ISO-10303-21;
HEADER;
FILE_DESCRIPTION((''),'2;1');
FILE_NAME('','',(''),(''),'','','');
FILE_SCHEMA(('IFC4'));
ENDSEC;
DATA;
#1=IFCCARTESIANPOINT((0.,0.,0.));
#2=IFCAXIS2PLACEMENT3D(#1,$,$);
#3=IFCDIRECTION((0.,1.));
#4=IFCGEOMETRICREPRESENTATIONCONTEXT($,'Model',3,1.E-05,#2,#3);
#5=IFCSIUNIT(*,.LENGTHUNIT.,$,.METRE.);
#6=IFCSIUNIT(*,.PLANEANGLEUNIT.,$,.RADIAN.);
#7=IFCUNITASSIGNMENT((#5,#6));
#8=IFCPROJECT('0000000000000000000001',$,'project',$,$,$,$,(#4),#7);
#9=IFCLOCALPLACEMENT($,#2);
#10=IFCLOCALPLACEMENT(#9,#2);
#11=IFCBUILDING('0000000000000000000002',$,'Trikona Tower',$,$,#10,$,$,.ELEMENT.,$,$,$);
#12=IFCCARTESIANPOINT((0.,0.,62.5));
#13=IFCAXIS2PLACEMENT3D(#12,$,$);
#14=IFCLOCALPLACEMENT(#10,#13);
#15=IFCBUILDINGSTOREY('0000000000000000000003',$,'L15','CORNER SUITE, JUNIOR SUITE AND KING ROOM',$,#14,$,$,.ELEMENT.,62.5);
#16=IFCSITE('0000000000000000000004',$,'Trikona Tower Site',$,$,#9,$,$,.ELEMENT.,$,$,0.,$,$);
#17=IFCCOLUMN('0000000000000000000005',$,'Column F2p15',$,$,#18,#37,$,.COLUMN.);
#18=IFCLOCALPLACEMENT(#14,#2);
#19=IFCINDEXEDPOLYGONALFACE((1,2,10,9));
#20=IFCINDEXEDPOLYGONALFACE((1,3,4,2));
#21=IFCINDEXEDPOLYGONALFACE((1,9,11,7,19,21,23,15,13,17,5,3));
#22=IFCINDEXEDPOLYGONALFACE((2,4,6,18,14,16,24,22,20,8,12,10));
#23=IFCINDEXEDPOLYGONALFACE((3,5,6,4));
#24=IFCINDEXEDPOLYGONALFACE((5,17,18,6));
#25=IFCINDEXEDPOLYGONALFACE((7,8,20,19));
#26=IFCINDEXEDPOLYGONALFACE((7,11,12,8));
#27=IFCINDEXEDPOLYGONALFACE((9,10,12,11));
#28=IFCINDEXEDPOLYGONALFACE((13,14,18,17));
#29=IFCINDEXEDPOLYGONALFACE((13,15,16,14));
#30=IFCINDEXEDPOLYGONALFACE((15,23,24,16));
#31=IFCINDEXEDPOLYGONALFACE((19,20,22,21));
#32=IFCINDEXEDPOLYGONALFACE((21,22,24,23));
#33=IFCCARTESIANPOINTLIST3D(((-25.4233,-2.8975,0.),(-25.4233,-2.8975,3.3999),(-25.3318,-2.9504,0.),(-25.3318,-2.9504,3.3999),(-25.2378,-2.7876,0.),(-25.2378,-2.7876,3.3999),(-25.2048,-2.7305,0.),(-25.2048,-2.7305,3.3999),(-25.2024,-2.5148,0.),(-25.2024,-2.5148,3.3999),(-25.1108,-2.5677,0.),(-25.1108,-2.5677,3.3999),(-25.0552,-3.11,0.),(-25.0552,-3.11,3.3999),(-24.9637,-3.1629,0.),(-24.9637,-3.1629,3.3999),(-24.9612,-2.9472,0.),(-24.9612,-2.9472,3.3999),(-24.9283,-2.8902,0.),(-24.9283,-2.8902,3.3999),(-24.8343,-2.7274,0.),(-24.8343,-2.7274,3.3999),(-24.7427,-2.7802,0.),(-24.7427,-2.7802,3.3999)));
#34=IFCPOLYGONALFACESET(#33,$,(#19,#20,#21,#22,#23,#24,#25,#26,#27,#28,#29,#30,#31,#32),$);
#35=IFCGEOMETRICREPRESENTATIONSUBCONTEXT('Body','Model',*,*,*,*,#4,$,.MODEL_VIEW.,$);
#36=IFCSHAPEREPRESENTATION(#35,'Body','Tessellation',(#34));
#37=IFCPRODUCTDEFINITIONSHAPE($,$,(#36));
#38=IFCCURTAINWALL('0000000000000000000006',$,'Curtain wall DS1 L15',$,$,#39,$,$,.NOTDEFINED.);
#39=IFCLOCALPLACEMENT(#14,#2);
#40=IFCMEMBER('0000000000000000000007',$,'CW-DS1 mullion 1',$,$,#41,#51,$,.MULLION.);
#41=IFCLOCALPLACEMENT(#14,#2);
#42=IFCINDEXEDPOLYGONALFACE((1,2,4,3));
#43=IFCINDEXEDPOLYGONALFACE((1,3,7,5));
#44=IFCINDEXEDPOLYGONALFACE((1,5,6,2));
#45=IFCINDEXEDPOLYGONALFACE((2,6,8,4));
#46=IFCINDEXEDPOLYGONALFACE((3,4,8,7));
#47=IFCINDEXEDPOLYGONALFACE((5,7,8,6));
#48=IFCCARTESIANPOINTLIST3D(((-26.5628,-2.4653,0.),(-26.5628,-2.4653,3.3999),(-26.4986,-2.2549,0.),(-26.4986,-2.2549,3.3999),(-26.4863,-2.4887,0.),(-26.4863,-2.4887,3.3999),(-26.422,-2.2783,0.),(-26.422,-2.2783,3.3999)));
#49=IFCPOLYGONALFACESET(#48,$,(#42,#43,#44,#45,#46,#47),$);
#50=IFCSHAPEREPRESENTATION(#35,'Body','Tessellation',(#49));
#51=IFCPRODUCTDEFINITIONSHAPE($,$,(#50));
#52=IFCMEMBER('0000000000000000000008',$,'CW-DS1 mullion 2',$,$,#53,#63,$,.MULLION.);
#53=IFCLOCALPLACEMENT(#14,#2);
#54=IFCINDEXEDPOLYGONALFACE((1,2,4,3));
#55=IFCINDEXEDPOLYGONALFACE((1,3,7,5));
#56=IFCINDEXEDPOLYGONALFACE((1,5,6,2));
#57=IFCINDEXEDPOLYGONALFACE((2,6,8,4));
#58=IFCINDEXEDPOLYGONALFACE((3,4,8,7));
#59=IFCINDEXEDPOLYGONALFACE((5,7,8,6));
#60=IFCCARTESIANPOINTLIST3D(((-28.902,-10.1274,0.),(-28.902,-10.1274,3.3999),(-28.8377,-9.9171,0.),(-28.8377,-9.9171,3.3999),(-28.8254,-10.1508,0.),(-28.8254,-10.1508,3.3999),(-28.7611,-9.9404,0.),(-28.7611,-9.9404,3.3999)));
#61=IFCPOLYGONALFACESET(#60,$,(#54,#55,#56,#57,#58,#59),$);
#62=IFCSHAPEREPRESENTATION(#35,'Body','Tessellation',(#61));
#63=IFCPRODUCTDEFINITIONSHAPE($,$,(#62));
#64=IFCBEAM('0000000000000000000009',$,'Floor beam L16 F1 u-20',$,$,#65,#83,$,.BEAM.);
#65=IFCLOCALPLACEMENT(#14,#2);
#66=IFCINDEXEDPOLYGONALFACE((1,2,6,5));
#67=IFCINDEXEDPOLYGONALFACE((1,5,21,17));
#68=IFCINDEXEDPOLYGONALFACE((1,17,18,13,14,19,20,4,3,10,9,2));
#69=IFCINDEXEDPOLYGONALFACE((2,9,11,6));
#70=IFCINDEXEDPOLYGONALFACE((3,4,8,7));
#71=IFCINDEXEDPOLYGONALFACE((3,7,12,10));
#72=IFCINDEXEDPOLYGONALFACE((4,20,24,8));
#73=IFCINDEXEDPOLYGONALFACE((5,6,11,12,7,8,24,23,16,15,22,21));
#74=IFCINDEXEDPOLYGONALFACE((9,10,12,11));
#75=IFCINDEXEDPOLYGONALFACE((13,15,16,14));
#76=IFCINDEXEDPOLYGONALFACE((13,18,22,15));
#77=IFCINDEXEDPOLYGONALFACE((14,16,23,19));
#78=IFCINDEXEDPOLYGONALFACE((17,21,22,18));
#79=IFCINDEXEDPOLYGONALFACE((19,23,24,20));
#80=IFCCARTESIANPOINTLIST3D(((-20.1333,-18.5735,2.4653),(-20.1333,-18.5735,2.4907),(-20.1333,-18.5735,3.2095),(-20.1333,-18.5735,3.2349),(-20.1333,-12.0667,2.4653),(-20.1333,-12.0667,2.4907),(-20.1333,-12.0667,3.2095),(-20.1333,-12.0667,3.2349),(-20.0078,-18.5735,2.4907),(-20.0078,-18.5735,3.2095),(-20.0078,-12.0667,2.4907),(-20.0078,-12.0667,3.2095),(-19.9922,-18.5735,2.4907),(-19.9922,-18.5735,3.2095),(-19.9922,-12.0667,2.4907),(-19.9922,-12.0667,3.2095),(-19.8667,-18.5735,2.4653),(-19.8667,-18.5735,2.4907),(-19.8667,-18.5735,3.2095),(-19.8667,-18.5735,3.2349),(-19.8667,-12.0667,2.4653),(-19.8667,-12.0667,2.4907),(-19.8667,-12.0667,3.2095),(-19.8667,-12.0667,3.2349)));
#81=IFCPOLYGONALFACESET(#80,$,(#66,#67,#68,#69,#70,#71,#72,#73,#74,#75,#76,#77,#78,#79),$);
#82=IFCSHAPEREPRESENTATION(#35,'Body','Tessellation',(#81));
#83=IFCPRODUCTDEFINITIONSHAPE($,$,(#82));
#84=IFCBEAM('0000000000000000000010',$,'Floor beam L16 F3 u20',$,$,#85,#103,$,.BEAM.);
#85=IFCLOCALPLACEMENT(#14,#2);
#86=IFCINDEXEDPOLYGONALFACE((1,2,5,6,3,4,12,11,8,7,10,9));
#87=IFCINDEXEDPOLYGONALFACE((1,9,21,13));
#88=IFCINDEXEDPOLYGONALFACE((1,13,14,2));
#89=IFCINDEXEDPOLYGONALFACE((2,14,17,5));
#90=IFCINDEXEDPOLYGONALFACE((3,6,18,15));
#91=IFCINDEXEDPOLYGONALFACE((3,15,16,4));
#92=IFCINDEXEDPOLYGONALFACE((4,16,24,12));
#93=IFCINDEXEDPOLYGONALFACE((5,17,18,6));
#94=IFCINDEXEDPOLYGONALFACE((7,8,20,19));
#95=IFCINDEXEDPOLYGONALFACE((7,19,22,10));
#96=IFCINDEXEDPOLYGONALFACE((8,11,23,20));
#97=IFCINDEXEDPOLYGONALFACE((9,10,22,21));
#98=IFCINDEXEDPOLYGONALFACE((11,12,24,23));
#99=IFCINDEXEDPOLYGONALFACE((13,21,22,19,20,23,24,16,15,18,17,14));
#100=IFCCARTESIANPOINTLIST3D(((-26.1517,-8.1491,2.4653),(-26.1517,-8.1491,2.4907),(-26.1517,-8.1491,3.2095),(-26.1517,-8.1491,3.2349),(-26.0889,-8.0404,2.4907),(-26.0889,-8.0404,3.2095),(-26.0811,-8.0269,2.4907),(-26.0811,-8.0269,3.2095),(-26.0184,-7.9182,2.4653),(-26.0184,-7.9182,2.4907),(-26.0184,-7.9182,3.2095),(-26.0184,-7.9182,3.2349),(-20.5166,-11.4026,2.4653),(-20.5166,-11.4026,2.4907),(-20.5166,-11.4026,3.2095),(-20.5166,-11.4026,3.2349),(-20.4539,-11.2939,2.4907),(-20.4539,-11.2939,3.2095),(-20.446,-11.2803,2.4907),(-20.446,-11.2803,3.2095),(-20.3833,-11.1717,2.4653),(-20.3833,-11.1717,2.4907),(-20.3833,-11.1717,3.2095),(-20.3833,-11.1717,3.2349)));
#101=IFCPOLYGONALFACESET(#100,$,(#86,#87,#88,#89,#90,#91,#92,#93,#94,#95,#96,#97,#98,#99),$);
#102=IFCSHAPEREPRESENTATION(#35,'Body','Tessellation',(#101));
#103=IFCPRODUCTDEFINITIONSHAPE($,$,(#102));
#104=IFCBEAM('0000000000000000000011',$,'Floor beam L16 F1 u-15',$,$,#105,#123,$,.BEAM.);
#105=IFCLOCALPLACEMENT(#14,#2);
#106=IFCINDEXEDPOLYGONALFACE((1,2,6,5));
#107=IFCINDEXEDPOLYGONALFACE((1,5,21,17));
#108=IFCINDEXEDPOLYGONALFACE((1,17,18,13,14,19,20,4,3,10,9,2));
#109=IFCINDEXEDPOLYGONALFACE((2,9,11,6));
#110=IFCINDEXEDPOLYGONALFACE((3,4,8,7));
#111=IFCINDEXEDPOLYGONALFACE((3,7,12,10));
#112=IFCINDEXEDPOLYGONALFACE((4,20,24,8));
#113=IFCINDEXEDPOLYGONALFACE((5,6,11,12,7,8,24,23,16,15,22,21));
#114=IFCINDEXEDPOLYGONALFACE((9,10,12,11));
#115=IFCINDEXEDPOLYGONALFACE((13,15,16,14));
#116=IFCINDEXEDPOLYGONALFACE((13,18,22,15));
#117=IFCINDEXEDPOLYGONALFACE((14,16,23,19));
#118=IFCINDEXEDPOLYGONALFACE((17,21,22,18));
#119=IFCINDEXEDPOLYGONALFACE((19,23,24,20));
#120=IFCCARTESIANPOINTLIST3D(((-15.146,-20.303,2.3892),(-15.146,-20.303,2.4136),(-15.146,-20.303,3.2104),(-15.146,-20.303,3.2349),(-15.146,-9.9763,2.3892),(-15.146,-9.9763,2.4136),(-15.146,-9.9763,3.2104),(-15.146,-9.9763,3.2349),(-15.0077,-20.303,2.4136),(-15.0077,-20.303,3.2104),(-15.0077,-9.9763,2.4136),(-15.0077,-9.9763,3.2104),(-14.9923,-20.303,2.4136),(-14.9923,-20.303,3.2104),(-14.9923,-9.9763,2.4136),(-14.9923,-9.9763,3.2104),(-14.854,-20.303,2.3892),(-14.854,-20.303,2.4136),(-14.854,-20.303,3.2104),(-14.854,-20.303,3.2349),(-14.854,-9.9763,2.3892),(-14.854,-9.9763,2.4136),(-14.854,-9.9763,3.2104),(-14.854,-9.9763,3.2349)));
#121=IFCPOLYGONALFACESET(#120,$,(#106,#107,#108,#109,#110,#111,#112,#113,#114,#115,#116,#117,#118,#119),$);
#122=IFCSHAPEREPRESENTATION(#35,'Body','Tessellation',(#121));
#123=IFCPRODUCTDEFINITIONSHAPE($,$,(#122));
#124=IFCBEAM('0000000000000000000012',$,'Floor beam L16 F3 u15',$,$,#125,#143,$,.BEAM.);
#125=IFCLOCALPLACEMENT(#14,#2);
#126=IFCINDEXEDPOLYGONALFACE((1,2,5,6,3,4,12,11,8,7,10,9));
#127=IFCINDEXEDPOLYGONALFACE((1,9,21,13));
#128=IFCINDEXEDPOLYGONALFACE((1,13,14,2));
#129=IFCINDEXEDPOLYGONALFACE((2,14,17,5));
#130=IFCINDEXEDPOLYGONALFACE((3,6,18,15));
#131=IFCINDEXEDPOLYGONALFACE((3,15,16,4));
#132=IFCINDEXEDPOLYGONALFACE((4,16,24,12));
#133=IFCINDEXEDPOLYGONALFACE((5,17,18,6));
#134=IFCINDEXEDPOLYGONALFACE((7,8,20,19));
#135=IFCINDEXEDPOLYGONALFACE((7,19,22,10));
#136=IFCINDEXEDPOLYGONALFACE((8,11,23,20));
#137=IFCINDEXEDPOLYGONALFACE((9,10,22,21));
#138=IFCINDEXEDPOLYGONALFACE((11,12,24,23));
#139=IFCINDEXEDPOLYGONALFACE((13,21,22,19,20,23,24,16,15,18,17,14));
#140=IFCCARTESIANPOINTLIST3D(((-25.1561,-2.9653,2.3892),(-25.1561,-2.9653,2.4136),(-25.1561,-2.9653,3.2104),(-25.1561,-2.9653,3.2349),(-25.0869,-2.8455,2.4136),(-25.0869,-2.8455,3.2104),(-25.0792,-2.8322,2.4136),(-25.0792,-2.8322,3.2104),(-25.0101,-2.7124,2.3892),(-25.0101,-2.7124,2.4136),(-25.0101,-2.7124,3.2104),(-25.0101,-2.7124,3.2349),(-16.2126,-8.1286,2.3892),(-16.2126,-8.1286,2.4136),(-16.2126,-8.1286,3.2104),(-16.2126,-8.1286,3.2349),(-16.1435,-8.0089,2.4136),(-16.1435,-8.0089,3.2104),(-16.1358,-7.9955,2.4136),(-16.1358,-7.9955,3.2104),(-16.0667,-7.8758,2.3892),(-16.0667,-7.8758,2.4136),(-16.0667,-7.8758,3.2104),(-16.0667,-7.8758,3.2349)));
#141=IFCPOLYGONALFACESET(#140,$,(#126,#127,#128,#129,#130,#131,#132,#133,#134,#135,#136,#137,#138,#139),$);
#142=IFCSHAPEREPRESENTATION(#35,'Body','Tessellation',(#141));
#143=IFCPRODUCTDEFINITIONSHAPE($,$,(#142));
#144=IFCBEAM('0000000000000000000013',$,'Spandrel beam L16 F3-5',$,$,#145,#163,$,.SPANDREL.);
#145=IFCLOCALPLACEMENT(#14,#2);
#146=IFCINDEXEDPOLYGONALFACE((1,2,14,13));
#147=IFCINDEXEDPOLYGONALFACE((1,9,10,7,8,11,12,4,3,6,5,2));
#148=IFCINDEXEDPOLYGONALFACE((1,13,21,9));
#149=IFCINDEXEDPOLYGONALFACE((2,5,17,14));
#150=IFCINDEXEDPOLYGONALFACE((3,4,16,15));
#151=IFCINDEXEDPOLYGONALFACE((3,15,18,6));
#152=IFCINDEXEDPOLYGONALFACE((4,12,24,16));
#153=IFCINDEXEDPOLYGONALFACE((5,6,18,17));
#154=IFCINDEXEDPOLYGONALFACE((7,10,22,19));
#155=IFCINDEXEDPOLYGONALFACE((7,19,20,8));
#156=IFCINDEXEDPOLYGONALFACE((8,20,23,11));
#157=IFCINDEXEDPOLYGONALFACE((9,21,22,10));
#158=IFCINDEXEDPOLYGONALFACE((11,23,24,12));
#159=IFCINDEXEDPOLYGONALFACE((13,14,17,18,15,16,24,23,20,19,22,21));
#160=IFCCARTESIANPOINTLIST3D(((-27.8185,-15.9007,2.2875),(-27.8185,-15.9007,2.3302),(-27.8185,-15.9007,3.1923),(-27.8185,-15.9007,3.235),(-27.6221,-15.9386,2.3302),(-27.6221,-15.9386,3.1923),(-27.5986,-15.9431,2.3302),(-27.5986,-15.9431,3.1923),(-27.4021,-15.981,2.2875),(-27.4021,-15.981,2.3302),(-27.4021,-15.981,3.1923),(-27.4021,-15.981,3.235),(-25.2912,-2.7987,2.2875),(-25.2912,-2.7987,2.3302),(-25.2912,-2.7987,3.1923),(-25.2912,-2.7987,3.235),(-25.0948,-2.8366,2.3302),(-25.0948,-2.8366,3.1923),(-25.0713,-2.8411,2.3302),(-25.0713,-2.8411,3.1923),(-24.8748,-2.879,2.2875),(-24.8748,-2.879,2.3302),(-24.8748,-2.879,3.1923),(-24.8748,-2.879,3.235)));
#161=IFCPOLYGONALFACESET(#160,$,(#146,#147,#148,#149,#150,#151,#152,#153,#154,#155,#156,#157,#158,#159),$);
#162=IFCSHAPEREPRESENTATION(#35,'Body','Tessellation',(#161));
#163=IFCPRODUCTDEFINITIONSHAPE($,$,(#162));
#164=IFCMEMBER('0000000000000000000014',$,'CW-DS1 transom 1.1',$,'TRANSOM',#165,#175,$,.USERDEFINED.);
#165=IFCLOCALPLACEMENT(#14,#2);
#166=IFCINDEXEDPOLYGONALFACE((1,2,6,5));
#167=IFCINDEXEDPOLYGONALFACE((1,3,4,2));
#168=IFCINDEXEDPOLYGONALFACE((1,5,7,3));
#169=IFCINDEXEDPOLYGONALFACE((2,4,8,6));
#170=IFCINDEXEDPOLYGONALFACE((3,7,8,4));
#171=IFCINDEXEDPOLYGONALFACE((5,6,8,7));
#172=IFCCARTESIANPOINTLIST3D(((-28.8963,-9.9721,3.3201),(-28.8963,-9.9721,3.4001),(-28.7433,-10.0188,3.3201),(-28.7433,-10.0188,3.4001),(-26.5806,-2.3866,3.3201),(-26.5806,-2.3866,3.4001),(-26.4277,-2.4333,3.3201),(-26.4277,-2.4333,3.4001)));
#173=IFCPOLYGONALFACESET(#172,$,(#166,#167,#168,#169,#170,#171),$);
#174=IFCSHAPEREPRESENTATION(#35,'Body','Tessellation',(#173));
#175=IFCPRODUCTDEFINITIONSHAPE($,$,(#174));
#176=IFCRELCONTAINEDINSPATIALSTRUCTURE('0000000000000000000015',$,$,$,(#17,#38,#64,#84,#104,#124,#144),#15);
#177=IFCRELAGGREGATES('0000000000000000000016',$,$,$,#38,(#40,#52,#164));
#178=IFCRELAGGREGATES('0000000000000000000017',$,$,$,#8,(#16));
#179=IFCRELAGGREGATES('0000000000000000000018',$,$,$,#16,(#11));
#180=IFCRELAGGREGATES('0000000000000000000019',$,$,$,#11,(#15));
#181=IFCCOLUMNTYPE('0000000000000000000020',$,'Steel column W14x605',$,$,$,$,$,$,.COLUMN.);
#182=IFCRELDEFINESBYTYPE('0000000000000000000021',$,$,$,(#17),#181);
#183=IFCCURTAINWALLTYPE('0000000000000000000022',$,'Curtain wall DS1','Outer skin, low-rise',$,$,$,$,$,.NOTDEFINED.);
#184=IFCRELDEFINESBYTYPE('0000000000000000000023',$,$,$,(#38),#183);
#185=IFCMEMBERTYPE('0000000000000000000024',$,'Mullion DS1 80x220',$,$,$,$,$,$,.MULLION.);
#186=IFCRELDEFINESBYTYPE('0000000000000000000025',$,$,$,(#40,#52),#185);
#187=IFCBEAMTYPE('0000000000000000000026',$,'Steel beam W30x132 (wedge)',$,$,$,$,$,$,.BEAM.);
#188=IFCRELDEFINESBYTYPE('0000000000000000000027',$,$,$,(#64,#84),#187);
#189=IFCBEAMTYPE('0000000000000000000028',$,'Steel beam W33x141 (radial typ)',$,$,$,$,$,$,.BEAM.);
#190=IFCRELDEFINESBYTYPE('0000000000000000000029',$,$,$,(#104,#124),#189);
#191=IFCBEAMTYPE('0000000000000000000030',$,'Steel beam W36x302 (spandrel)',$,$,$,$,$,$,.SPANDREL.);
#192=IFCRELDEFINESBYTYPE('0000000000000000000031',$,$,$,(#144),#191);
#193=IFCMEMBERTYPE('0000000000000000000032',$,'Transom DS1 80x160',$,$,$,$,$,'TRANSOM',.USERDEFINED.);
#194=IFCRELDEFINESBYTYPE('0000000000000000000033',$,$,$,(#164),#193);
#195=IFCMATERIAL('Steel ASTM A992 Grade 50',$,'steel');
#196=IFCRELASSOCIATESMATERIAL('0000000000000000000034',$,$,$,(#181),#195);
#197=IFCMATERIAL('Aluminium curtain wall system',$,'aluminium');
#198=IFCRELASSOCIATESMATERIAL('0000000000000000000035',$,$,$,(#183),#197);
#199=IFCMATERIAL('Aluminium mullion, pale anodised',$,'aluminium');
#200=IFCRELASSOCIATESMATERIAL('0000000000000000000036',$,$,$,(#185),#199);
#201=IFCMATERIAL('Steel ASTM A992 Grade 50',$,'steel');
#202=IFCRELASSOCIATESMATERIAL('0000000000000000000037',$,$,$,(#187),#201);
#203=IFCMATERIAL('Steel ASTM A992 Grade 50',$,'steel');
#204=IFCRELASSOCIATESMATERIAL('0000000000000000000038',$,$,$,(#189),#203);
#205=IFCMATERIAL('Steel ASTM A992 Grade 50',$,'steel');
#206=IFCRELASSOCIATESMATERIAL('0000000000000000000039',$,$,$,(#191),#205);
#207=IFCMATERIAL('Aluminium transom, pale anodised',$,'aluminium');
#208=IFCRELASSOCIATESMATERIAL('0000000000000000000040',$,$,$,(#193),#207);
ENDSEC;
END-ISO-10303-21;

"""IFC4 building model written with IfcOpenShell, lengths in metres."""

from ifc_helpers import new_model, si_unit, direction, frame, origin, origin_2d, place, context, subcontext, project, spatial, rectangle, i_section, extrude, material, material_profile, profile_set, type_object, element, aggregate, save


model = new_model("IFC4")

# Units and contexts
model_context = context("Model", 3, precision=1e-05, world=origin(), true_north=direction((0.0, 1.0)))
body_context = subcontext(model_context, "Body", "Model", "MODEL_VIEW")
ifc_project = project(units=[si_unit("LENGTHUNIT", "METRE"), si_unit("PLANEANGLEUNIT", "RADIAN")], contexts=[model_context])

# Site, building, storey
site_placement = place(None, origin())
site = spatial("IfcSite", under=ifc_project, at=site_placement, Name="Trikona Tower Site", CompositionType="ELEMENT", RefElevation=0.0)
building_placement = place(site_placement, origin())
building = spatial("IfcBuilding", under=site, at=building_placement, Name="Trikona Tower", CompositionType="ELEMENT")
storey_placement = place(building_placement, frame((0.0, 0.0, 62.5)))
storey = spatial("IfcBuildingStorey", under=building, at=storey_placement, Name="L15", Description="CORNER SUITE, JUNIOR SUITE AND KING ROOM", CompositionType="ELEMENT", Elevation=62.5)

# Column
ifc_material_1 = material(Name="Steel ASTM A992 Grade 50", Category="steel")
ifc_material_profile_1 = material_profile(ifc_material_1, i_section(OverallWidth=0.4419, OverallDepth=0.5308, WebThickness=0.0659, FlangeThickness=0.1057, at=origin_2d()), Name="W14X605")
ifc_profile_set_1 = profile_set([ifc_material_profile_1], Name="Steel ASTM A992 Grade 50")
column_type = type_object("IfcColumnType", Name="Steel column W14x605", PredefinedType="COLUMN", material=ifc_profile_set_1)
column_placement = place(storey_placement, frame((-25.083, -2.8389, 0.0), z_axis=(0.0, 0.0, 1.0), x_axis=(-0.5, -0.866025, 0.0)))
element("IfcColumn", 1, at=column_placement, inside=storey, type_object=column_type, Name="Column F2p15", PredefinedType="COLUMN", context=body_context, shape_type="SweptSolid", body=[
    extrude(i_section(OverallWidth=0.4419, OverallDepth=0.5308, WebThickness=0.0659, FlangeThickness=0.1057, at=origin_2d()), origin(), (0.0, 0.0, 1.0), 3.3999),
])

# Curtain wall, members
ifc_material_2 = material(Name="Aluminium curtain wall system", Category="aluminium")
curtain_wall_type = type_object("IfcCurtainWallType", Name="Curtain wall DS1", Description="Outer skin, low-rise", PredefinedType="NOTDEFINED", material=ifc_material_2)
curtain_wall_placement = place(storey_placement, origin())
curtain_wall = element("IfcCurtainWall", 2, at=curtain_wall_placement, inside=storey, type_object=curtain_wall_type, Name="Curtain wall DS1 L15", PredefinedType="NOTDEFINED")
ifc_material_3 = material(Name="Aluminium mullion, pale anodised", Category="aluminium")
ifc_material_profile_2 = material_profile(ifc_material_3, rectangle(XDim=0.0801, YDim=0.22, at=origin_2d()), Name="MUL-DS1")
ifc_profile_set_2 = profile_set([ifc_material_profile_2], Name="Aluminium mullion, pale anodised")
member_type_1 = type_object("IfcMemberType", Name="Mullion DS1 80x220", PredefinedType="MULLION", material=ifc_profile_set_2)
member_1_placement = place(storey_placement, frame((-26.4924, -2.3718, 0.0), z_axis=(0.0, 0.0, 1.0), x_axis=(0.956423, -0.291984, 0.0)))
member_1 = element("IfcMember", 3, at=member_1_placement, type_object=member_type_1, Name="CW-DS1 mullion 1", PredefinedType="MULLION", context=body_context, shape_type="SweptSolid", body=[
    extrude(rectangle(XDim=0.0801, YDim=0.22, at=origin_2d()), origin(), (0.0, 0.0, 1.0), 3.3999),
])
member_2_placement = place(storey_placement, frame((-28.8315, -10.0339, 0.0), z_axis=(0.0, 0.0, 1.0), x_axis=(0.956423, -0.291984, 0.0)))
member_2 = element("IfcMember", 4, at=member_2_placement, type_object=member_type_1, Name="CW-DS1 mullion 2", PredefinedType="MULLION", context=body_context, shape_type="SweptSolid", body=[
    extrude(rectangle(XDim=0.0801, YDim=0.22, at=origin_2d()), origin(), (0.0, 0.0, 1.0), 3.3999),
])

# Beams
ifc_material_4 = material(Name="Steel ASTM A992 Grade 50", Category="steel")
ifc_material_profile_3 = material_profile(ifc_material_4, i_section(OverallWidth=0.2666, OverallDepth=0.7695, WebThickness=0.0156, FlangeThickness=0.0254, at=origin_2d()), Name="W30X132")
ifc_profile_set_3 = profile_set([ifc_material_profile_3], Name="Steel ASTM A992 Grade 50")
beam_type_1 = type_object("IfcBeamType", Name="Steel beam W30x132 (wedge)", PredefinedType="BEAM", material=ifc_profile_set_3)
for number, where, z_axis, x_axis, name in (
    (5, (-20.0, -12.0667, 2.8501), (0.0, -1.0, 0.0), (1.0, 0.0, 0.0), "Floor beam L16 F1 u-20"),
    (6, (-20.45, -11.2871, 2.8501), (-0.866023, 0.500005, 0.0), (-0.500005, -0.866023, 0.0), "Floor beam L16 F3 u20"),
):
    element("IfcBeam", number, at=place(storey_placement, frame(where, z_axis=z_axis, x_axis=x_axis)), inside=storey, type_object=beam_type_1, Name=name, PredefinedType="BEAM", context=body_context, shape_type="SweptSolid", body=[
        extrude(i_section(OverallWidth=0.2666, OverallDepth=0.7695, WebThickness=0.0156, FlangeThickness=0.0254, at=origin_2d()), origin(), (0.0, 0.0, 1.0), 6.5068),
    ])
ifc_material_5 = material(Name="Steel ASTM A992 Grade 50", Category="steel")
ifc_material_profile_4 = material_profile(ifc_material_5, i_section(OverallWidth=0.292, OverallDepth=0.8457, WebThickness=0.0154, FlangeThickness=0.0244, at=origin_2d()), Name="W33X141")
ifc_profile_set_4 = profile_set([ifc_material_profile_4], Name="Steel ASTM A992 Grade 50")
beam_type_2 = type_object("IfcBeamType", Name="Steel beam W33x141 (radial typ)", PredefinedType="BEAM", material=ifc_profile_set_4)
beam_1_placement = place(storey_placement, frame((-15.0, -9.9763, 2.812), z_axis=(0.0, -1.0, 0.0), x_axis=(1.0, 0.0, 0.0)))
element("IfcBeam", 7, at=beam_1_placement, inside=storey, type_object=beam_type_2, Name="Floor beam L16 F1 u-15", PredefinedType="BEAM", context=body_context, shape_type="SweptSolid", body=[
    extrude(i_section(OverallWidth=0.292, OverallDepth=0.8457, WebThickness=0.0154, FlangeThickness=0.0244, at=origin_2d()), origin(), (0.0, 0.0, 1.0), 10.3267),
])
beam_2_placement = place(storey_placement, frame((-16.1396, -8.0022, 2.812), z_axis=(-0.86603, 0.499991, 0.0), x_axis=(-0.499991, -0.86603, 0.0)))
element("IfcBeam", 8, at=beam_2_placement, inside=storey, type_object=beam_type_2, Name="Floor beam L16 F3 u15", PredefinedType="BEAM", context=body_context, shape_type="SweptSolid", body=[
    extrude(i_section(OverallWidth=0.292, OverallDepth=0.8457, WebThickness=0.0154, FlangeThickness=0.0244, at=origin_2d()), origin(), (0.0, 0.0, 1.0), 10.3269),
])
ifc_material_6 = material(Name="Steel ASTM A992 Grade 50", Category="steel")
ifc_material_profile_5 = material_profile(ifc_material_6, i_section(OverallWidth=0.4241, OverallDepth=0.9475, WebThickness=0.0239, FlangeThickness=0.0427, at=origin_2d()), Name="W36X302")
ifc_profile_set_5 = profile_set([ifc_material_profile_5], Name="Steel ASTM A992 Grade 50")
beam_type_3 = type_object("IfcBeamType", Name="Steel beam W36x302 (spandrel)", PredefinedType="SPANDREL", material=ifc_profile_set_5)
beam_3_placement = place(storey_placement, frame((-25.083, -2.8389, 2.7612), z_axis=(-0.189405, -0.981899, 0.0), x_axis=(0.981899, -0.189405, 0.0)))
element("IfcBeam", 9, at=beam_3_placement, inside=storey, type_object=beam_type_3, Name="Spandrel beam L16 F3-5", PredefinedType="SPANDREL", context=body_context, shape_type="SweptSolid", body=[
    extrude(i_section(OverallWidth=0.4241, OverallDepth=0.9475, WebThickness=0.0239, FlangeThickness=0.0427, at=origin_2d()), origin(), (0.0, 0.0, 1.0), 13.3435),
])

# Member
ifc_material_7 = material(Name="Aluminium transom, pale anodised", Category="aluminium")
ifc_material_profile_6 = material_profile(ifc_material_7, rectangle(XDim=0.1599, YDim=0.0801, at=origin_2d()), Name="TRN-DS1")
ifc_profile_set_6 = profile_set([ifc_material_profile_6], Name="Aluminium transom, pale anodised")
member_type_2 = type_object("IfcMemberType", Name="Transom DS1 80x160", ElementType="TRANSOM", PredefinedType="USERDEFINED", material=ifc_profile_set_6)
member_3_placement = place(storey_placement, frame((-26.5042, -2.4099, 3.3601), z_axis=(-0.291967, -0.956428, 0.0), x_axis=(0.956428, -0.291967, 0.0)))
member_3 = element("IfcMember", 10, at=member_3_placement, type_object=member_type_2, Name="CW-DS1 transom 1.1", ObjectType="TRANSOM", PredefinedType="USERDEFINED", context=body_context, shape_type="SweptSolid", body=[
    extrude(rectangle(XDim=0.1599, YDim=0.0801, at=origin_2d()), origin(), (0.0, 0.0, 1.0), 7.9312),
])

aggregate(curtain_wall, [member_1, member_2, member_3])

save(model, "model.ifc")
